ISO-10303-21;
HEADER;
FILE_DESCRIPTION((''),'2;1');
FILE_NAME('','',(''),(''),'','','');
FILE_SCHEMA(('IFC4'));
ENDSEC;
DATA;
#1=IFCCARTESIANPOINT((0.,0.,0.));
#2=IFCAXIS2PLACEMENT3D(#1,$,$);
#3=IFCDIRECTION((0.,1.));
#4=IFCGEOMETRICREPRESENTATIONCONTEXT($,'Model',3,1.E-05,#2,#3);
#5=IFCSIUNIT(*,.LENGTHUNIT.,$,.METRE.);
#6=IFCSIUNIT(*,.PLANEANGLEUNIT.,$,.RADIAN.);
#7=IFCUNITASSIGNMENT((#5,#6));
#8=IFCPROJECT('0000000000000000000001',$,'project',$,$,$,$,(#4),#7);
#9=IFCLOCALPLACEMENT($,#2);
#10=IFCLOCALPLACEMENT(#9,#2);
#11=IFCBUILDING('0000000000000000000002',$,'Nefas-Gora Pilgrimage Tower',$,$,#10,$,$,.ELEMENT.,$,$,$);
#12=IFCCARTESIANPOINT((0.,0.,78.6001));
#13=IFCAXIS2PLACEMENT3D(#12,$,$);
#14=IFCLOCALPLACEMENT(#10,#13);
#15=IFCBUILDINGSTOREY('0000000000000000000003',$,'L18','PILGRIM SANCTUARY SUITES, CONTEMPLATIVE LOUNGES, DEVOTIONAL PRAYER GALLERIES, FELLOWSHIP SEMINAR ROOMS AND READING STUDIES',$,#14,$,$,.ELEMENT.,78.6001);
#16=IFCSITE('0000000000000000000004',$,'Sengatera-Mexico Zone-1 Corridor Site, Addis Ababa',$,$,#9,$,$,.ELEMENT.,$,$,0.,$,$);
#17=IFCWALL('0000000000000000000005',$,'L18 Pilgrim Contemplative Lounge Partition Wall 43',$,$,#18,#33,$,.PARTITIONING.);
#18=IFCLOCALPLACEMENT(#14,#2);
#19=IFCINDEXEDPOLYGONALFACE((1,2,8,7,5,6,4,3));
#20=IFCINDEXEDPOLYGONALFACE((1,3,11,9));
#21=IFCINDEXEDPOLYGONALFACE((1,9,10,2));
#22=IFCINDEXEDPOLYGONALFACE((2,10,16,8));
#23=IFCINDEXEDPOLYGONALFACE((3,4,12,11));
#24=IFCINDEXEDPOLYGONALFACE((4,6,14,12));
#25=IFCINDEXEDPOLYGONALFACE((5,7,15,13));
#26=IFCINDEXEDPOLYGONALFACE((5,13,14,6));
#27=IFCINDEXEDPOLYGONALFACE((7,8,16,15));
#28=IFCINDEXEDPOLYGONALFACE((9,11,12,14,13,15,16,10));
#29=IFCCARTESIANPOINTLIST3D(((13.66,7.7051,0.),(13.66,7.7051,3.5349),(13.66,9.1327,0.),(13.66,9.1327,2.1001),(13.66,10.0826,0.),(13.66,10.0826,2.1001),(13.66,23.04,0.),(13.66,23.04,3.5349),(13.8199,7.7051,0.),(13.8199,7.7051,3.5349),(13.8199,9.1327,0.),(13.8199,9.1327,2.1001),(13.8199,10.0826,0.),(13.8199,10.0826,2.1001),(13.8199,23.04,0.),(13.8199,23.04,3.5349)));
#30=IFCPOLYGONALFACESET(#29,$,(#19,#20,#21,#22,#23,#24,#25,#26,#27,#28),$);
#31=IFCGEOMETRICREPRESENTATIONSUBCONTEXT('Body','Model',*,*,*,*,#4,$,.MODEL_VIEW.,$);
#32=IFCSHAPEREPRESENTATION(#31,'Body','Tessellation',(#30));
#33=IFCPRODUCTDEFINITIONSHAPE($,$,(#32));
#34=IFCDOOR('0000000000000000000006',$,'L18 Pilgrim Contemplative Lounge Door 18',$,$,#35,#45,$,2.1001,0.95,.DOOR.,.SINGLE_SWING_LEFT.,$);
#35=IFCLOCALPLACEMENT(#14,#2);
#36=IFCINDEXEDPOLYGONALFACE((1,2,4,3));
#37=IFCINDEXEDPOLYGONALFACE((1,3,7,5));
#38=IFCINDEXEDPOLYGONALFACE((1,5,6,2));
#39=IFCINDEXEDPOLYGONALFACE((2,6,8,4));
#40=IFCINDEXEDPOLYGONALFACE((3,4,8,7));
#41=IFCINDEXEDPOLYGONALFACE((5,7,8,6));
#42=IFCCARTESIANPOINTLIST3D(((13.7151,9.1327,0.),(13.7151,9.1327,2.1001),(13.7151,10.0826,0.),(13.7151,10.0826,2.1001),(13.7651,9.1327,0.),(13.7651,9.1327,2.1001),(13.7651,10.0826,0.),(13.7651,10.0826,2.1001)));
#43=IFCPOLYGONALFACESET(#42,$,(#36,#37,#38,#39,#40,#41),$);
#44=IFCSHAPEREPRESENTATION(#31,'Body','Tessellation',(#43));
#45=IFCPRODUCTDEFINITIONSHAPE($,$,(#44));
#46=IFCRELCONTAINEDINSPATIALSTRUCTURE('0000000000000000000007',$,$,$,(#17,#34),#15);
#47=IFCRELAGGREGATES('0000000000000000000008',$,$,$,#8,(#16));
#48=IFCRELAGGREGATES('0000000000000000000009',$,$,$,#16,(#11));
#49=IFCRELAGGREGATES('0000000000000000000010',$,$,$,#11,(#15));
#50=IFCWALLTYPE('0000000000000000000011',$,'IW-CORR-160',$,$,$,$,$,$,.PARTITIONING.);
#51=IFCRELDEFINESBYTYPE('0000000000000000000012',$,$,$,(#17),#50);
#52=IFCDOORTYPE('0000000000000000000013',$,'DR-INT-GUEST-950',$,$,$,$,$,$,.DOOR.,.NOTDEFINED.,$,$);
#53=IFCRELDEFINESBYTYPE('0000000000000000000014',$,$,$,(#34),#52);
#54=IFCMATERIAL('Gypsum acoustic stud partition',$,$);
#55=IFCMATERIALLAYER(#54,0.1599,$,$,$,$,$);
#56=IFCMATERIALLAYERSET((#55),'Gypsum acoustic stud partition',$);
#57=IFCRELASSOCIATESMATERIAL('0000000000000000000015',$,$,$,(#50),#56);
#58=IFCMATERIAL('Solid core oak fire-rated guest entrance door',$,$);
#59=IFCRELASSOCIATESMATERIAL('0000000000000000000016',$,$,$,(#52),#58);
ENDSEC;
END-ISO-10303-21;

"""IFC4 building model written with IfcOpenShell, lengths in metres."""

from ifc_helpers import new_model, si_unit, direction, frame, frame_2d, origin, place, context, subcontext, project, spatial, rectangle, extrude, source, transform, mapped, material, layer, layer_set, type_object, element, fill, save


model = new_model("IFC4")

# Units and contexts
model_context = context("Model", 3, precision=1e-05, world=origin(), true_north=direction((0.0, 1.0)))
body_context = subcontext(model_context, "Body", "Model", "MODEL_VIEW")
ifc_project = project(units=[si_unit("LENGTHUNIT", "METRE"), si_unit("PLANEANGLEUNIT", "RADIAN")], contexts=[model_context])

# Site, building, storey
site_placement = place(None, origin())
site = spatial("IfcSite", under=ifc_project, at=site_placement, Name="Sengatera-Mexico Zone-1 Corridor Site, Addis Ababa", CompositionType="ELEMENT", RefElevation=0.0)
building_placement = place(site_placement, origin())
building = spatial("IfcBuilding", under=site, at=building_placement, Name="Nefas-Gora Pilgrimage Tower", CompositionType="ELEMENT")
storey_placement = place(building_placement, frame((0.0, 0.0, 78.6001)))
storey = spatial("IfcBuildingStorey", under=building, at=storey_placement, Name="L18", Description="PILGRIM SANCTUARY SUITES, CONTEMPLATIVE LOUNGES, DEVOTIONAL PRAYER GALLERIES, FELLOWSHIP SEMINAR ROOMS AND READING STUDIES", CompositionType="ELEMENT", Elevation=78.6001)

# Wall, opening, door
ifc_material_1 = material(Name="Gypsum acoustic stud partition")
ifc_layer_1 = layer(ifc_material_1, 0.1599)
ifc_layer_set_1 = layer_set([ifc_layer_1], Name="Gypsum acoustic stud partition")
wall_type_1 = type_object("IfcWallType", Name="IW-CORR-160", PredefinedType="PARTITIONING", material=ifc_layer_set_1)
shared_shape_1 = source(origin(), body_context, "Body", "SweptSolid", [
    extrude(rectangle(XDim=15.335, YDim=0.1599, at=frame_2d((7.6675, 0.0))), origin(), (0.0, 0.0, 1.0), 3.5349),
])
wall_1_placement = place(storey_placement, frame((13.74, 7.7051, 0.0), z_axis=(0.0, 0.0, 1.0), x_axis=(0.0, 1.0, 0.0)))
wall_1 = element("IfcWall", 1, at=wall_1_placement, inside=storey, type_object=wall_type_1, Name="L18 Pilgrim Contemplative Lounge Partition Wall 43", PredefinedType="PARTITIONING", context=body_context, shape_type="MappedRepresentation", body=[
    mapped(shared_shape_1, transform((0.0, 0.0, 0.0), x_axis=(1.0, 0.0, 0.0), y_axis=(0.0, 1.0, 0.0), z_axis=(0.0, 0.0, 1.0), scale=1.0)),
])
opening_placement = place(wall_1_placement, frame((1.4275, 0.0, 0.0)))
opening = element("IfcOpeningElement", 2, at=opening_placement, cuts=wall_1, PredefinedType="OPENING", context=body_context, shape_type="SweptSolid", body=[
    extrude(rectangle(XDim=0.95, YDim=2.1001, at=frame_2d((0.4751, 1.05))), frame((0.0, 0.0898, 0.0), z_axis=(0.0, -1.0, 0.0), x_axis=(1.0, 0.0, 0.0)), (0.0, 0.0, 1.0), 0.1799),
])
ifc_material_2 = material(Name="Solid core oak fire-rated guest entrance door")
door_type = type_object("IfcDoorType", Name="DR-INT-GUEST-950", OperationType="NOTDEFINED", PredefinedType="DOOR", material=ifc_material_2)
shared_shape_2 = source(origin(), body_context, "Body", "SweptSolid", [
    extrude(rectangle(XDim=0.95, YDim=2.1001, at=frame_2d((0.4751, 1.05))), frame((0.0, 0.0249, 0.0), z_axis=(0.0, -1.0, 0.0), x_axis=(1.0, 0.0, 0.0)), (0.0, 0.0, 1.0), 0.05),
])
door_placement = place(opening_placement, origin())
door = element("IfcDoor", 3, at=door_placement, inside=storey, type_object=door_type, Name="L18 Pilgrim Contemplative Lounge Door 18", OperationType="SINGLE_SWING_LEFT", OverallHeight=2.1001, OverallWidth=0.95, PredefinedType="DOOR", context=body_context, shape_type="MappedRepresentation", body=[
    mapped(shared_shape_2, transform((0.0, 0.0, 0.0), x_axis=(1.0, 0.0, 0.0), y_axis=(0.0, 1.0, 0.0), z_axis=(0.0, 0.0, 1.0), scale=1.0)),
])
fill(opening, door)

save(model, "model.ifc")
